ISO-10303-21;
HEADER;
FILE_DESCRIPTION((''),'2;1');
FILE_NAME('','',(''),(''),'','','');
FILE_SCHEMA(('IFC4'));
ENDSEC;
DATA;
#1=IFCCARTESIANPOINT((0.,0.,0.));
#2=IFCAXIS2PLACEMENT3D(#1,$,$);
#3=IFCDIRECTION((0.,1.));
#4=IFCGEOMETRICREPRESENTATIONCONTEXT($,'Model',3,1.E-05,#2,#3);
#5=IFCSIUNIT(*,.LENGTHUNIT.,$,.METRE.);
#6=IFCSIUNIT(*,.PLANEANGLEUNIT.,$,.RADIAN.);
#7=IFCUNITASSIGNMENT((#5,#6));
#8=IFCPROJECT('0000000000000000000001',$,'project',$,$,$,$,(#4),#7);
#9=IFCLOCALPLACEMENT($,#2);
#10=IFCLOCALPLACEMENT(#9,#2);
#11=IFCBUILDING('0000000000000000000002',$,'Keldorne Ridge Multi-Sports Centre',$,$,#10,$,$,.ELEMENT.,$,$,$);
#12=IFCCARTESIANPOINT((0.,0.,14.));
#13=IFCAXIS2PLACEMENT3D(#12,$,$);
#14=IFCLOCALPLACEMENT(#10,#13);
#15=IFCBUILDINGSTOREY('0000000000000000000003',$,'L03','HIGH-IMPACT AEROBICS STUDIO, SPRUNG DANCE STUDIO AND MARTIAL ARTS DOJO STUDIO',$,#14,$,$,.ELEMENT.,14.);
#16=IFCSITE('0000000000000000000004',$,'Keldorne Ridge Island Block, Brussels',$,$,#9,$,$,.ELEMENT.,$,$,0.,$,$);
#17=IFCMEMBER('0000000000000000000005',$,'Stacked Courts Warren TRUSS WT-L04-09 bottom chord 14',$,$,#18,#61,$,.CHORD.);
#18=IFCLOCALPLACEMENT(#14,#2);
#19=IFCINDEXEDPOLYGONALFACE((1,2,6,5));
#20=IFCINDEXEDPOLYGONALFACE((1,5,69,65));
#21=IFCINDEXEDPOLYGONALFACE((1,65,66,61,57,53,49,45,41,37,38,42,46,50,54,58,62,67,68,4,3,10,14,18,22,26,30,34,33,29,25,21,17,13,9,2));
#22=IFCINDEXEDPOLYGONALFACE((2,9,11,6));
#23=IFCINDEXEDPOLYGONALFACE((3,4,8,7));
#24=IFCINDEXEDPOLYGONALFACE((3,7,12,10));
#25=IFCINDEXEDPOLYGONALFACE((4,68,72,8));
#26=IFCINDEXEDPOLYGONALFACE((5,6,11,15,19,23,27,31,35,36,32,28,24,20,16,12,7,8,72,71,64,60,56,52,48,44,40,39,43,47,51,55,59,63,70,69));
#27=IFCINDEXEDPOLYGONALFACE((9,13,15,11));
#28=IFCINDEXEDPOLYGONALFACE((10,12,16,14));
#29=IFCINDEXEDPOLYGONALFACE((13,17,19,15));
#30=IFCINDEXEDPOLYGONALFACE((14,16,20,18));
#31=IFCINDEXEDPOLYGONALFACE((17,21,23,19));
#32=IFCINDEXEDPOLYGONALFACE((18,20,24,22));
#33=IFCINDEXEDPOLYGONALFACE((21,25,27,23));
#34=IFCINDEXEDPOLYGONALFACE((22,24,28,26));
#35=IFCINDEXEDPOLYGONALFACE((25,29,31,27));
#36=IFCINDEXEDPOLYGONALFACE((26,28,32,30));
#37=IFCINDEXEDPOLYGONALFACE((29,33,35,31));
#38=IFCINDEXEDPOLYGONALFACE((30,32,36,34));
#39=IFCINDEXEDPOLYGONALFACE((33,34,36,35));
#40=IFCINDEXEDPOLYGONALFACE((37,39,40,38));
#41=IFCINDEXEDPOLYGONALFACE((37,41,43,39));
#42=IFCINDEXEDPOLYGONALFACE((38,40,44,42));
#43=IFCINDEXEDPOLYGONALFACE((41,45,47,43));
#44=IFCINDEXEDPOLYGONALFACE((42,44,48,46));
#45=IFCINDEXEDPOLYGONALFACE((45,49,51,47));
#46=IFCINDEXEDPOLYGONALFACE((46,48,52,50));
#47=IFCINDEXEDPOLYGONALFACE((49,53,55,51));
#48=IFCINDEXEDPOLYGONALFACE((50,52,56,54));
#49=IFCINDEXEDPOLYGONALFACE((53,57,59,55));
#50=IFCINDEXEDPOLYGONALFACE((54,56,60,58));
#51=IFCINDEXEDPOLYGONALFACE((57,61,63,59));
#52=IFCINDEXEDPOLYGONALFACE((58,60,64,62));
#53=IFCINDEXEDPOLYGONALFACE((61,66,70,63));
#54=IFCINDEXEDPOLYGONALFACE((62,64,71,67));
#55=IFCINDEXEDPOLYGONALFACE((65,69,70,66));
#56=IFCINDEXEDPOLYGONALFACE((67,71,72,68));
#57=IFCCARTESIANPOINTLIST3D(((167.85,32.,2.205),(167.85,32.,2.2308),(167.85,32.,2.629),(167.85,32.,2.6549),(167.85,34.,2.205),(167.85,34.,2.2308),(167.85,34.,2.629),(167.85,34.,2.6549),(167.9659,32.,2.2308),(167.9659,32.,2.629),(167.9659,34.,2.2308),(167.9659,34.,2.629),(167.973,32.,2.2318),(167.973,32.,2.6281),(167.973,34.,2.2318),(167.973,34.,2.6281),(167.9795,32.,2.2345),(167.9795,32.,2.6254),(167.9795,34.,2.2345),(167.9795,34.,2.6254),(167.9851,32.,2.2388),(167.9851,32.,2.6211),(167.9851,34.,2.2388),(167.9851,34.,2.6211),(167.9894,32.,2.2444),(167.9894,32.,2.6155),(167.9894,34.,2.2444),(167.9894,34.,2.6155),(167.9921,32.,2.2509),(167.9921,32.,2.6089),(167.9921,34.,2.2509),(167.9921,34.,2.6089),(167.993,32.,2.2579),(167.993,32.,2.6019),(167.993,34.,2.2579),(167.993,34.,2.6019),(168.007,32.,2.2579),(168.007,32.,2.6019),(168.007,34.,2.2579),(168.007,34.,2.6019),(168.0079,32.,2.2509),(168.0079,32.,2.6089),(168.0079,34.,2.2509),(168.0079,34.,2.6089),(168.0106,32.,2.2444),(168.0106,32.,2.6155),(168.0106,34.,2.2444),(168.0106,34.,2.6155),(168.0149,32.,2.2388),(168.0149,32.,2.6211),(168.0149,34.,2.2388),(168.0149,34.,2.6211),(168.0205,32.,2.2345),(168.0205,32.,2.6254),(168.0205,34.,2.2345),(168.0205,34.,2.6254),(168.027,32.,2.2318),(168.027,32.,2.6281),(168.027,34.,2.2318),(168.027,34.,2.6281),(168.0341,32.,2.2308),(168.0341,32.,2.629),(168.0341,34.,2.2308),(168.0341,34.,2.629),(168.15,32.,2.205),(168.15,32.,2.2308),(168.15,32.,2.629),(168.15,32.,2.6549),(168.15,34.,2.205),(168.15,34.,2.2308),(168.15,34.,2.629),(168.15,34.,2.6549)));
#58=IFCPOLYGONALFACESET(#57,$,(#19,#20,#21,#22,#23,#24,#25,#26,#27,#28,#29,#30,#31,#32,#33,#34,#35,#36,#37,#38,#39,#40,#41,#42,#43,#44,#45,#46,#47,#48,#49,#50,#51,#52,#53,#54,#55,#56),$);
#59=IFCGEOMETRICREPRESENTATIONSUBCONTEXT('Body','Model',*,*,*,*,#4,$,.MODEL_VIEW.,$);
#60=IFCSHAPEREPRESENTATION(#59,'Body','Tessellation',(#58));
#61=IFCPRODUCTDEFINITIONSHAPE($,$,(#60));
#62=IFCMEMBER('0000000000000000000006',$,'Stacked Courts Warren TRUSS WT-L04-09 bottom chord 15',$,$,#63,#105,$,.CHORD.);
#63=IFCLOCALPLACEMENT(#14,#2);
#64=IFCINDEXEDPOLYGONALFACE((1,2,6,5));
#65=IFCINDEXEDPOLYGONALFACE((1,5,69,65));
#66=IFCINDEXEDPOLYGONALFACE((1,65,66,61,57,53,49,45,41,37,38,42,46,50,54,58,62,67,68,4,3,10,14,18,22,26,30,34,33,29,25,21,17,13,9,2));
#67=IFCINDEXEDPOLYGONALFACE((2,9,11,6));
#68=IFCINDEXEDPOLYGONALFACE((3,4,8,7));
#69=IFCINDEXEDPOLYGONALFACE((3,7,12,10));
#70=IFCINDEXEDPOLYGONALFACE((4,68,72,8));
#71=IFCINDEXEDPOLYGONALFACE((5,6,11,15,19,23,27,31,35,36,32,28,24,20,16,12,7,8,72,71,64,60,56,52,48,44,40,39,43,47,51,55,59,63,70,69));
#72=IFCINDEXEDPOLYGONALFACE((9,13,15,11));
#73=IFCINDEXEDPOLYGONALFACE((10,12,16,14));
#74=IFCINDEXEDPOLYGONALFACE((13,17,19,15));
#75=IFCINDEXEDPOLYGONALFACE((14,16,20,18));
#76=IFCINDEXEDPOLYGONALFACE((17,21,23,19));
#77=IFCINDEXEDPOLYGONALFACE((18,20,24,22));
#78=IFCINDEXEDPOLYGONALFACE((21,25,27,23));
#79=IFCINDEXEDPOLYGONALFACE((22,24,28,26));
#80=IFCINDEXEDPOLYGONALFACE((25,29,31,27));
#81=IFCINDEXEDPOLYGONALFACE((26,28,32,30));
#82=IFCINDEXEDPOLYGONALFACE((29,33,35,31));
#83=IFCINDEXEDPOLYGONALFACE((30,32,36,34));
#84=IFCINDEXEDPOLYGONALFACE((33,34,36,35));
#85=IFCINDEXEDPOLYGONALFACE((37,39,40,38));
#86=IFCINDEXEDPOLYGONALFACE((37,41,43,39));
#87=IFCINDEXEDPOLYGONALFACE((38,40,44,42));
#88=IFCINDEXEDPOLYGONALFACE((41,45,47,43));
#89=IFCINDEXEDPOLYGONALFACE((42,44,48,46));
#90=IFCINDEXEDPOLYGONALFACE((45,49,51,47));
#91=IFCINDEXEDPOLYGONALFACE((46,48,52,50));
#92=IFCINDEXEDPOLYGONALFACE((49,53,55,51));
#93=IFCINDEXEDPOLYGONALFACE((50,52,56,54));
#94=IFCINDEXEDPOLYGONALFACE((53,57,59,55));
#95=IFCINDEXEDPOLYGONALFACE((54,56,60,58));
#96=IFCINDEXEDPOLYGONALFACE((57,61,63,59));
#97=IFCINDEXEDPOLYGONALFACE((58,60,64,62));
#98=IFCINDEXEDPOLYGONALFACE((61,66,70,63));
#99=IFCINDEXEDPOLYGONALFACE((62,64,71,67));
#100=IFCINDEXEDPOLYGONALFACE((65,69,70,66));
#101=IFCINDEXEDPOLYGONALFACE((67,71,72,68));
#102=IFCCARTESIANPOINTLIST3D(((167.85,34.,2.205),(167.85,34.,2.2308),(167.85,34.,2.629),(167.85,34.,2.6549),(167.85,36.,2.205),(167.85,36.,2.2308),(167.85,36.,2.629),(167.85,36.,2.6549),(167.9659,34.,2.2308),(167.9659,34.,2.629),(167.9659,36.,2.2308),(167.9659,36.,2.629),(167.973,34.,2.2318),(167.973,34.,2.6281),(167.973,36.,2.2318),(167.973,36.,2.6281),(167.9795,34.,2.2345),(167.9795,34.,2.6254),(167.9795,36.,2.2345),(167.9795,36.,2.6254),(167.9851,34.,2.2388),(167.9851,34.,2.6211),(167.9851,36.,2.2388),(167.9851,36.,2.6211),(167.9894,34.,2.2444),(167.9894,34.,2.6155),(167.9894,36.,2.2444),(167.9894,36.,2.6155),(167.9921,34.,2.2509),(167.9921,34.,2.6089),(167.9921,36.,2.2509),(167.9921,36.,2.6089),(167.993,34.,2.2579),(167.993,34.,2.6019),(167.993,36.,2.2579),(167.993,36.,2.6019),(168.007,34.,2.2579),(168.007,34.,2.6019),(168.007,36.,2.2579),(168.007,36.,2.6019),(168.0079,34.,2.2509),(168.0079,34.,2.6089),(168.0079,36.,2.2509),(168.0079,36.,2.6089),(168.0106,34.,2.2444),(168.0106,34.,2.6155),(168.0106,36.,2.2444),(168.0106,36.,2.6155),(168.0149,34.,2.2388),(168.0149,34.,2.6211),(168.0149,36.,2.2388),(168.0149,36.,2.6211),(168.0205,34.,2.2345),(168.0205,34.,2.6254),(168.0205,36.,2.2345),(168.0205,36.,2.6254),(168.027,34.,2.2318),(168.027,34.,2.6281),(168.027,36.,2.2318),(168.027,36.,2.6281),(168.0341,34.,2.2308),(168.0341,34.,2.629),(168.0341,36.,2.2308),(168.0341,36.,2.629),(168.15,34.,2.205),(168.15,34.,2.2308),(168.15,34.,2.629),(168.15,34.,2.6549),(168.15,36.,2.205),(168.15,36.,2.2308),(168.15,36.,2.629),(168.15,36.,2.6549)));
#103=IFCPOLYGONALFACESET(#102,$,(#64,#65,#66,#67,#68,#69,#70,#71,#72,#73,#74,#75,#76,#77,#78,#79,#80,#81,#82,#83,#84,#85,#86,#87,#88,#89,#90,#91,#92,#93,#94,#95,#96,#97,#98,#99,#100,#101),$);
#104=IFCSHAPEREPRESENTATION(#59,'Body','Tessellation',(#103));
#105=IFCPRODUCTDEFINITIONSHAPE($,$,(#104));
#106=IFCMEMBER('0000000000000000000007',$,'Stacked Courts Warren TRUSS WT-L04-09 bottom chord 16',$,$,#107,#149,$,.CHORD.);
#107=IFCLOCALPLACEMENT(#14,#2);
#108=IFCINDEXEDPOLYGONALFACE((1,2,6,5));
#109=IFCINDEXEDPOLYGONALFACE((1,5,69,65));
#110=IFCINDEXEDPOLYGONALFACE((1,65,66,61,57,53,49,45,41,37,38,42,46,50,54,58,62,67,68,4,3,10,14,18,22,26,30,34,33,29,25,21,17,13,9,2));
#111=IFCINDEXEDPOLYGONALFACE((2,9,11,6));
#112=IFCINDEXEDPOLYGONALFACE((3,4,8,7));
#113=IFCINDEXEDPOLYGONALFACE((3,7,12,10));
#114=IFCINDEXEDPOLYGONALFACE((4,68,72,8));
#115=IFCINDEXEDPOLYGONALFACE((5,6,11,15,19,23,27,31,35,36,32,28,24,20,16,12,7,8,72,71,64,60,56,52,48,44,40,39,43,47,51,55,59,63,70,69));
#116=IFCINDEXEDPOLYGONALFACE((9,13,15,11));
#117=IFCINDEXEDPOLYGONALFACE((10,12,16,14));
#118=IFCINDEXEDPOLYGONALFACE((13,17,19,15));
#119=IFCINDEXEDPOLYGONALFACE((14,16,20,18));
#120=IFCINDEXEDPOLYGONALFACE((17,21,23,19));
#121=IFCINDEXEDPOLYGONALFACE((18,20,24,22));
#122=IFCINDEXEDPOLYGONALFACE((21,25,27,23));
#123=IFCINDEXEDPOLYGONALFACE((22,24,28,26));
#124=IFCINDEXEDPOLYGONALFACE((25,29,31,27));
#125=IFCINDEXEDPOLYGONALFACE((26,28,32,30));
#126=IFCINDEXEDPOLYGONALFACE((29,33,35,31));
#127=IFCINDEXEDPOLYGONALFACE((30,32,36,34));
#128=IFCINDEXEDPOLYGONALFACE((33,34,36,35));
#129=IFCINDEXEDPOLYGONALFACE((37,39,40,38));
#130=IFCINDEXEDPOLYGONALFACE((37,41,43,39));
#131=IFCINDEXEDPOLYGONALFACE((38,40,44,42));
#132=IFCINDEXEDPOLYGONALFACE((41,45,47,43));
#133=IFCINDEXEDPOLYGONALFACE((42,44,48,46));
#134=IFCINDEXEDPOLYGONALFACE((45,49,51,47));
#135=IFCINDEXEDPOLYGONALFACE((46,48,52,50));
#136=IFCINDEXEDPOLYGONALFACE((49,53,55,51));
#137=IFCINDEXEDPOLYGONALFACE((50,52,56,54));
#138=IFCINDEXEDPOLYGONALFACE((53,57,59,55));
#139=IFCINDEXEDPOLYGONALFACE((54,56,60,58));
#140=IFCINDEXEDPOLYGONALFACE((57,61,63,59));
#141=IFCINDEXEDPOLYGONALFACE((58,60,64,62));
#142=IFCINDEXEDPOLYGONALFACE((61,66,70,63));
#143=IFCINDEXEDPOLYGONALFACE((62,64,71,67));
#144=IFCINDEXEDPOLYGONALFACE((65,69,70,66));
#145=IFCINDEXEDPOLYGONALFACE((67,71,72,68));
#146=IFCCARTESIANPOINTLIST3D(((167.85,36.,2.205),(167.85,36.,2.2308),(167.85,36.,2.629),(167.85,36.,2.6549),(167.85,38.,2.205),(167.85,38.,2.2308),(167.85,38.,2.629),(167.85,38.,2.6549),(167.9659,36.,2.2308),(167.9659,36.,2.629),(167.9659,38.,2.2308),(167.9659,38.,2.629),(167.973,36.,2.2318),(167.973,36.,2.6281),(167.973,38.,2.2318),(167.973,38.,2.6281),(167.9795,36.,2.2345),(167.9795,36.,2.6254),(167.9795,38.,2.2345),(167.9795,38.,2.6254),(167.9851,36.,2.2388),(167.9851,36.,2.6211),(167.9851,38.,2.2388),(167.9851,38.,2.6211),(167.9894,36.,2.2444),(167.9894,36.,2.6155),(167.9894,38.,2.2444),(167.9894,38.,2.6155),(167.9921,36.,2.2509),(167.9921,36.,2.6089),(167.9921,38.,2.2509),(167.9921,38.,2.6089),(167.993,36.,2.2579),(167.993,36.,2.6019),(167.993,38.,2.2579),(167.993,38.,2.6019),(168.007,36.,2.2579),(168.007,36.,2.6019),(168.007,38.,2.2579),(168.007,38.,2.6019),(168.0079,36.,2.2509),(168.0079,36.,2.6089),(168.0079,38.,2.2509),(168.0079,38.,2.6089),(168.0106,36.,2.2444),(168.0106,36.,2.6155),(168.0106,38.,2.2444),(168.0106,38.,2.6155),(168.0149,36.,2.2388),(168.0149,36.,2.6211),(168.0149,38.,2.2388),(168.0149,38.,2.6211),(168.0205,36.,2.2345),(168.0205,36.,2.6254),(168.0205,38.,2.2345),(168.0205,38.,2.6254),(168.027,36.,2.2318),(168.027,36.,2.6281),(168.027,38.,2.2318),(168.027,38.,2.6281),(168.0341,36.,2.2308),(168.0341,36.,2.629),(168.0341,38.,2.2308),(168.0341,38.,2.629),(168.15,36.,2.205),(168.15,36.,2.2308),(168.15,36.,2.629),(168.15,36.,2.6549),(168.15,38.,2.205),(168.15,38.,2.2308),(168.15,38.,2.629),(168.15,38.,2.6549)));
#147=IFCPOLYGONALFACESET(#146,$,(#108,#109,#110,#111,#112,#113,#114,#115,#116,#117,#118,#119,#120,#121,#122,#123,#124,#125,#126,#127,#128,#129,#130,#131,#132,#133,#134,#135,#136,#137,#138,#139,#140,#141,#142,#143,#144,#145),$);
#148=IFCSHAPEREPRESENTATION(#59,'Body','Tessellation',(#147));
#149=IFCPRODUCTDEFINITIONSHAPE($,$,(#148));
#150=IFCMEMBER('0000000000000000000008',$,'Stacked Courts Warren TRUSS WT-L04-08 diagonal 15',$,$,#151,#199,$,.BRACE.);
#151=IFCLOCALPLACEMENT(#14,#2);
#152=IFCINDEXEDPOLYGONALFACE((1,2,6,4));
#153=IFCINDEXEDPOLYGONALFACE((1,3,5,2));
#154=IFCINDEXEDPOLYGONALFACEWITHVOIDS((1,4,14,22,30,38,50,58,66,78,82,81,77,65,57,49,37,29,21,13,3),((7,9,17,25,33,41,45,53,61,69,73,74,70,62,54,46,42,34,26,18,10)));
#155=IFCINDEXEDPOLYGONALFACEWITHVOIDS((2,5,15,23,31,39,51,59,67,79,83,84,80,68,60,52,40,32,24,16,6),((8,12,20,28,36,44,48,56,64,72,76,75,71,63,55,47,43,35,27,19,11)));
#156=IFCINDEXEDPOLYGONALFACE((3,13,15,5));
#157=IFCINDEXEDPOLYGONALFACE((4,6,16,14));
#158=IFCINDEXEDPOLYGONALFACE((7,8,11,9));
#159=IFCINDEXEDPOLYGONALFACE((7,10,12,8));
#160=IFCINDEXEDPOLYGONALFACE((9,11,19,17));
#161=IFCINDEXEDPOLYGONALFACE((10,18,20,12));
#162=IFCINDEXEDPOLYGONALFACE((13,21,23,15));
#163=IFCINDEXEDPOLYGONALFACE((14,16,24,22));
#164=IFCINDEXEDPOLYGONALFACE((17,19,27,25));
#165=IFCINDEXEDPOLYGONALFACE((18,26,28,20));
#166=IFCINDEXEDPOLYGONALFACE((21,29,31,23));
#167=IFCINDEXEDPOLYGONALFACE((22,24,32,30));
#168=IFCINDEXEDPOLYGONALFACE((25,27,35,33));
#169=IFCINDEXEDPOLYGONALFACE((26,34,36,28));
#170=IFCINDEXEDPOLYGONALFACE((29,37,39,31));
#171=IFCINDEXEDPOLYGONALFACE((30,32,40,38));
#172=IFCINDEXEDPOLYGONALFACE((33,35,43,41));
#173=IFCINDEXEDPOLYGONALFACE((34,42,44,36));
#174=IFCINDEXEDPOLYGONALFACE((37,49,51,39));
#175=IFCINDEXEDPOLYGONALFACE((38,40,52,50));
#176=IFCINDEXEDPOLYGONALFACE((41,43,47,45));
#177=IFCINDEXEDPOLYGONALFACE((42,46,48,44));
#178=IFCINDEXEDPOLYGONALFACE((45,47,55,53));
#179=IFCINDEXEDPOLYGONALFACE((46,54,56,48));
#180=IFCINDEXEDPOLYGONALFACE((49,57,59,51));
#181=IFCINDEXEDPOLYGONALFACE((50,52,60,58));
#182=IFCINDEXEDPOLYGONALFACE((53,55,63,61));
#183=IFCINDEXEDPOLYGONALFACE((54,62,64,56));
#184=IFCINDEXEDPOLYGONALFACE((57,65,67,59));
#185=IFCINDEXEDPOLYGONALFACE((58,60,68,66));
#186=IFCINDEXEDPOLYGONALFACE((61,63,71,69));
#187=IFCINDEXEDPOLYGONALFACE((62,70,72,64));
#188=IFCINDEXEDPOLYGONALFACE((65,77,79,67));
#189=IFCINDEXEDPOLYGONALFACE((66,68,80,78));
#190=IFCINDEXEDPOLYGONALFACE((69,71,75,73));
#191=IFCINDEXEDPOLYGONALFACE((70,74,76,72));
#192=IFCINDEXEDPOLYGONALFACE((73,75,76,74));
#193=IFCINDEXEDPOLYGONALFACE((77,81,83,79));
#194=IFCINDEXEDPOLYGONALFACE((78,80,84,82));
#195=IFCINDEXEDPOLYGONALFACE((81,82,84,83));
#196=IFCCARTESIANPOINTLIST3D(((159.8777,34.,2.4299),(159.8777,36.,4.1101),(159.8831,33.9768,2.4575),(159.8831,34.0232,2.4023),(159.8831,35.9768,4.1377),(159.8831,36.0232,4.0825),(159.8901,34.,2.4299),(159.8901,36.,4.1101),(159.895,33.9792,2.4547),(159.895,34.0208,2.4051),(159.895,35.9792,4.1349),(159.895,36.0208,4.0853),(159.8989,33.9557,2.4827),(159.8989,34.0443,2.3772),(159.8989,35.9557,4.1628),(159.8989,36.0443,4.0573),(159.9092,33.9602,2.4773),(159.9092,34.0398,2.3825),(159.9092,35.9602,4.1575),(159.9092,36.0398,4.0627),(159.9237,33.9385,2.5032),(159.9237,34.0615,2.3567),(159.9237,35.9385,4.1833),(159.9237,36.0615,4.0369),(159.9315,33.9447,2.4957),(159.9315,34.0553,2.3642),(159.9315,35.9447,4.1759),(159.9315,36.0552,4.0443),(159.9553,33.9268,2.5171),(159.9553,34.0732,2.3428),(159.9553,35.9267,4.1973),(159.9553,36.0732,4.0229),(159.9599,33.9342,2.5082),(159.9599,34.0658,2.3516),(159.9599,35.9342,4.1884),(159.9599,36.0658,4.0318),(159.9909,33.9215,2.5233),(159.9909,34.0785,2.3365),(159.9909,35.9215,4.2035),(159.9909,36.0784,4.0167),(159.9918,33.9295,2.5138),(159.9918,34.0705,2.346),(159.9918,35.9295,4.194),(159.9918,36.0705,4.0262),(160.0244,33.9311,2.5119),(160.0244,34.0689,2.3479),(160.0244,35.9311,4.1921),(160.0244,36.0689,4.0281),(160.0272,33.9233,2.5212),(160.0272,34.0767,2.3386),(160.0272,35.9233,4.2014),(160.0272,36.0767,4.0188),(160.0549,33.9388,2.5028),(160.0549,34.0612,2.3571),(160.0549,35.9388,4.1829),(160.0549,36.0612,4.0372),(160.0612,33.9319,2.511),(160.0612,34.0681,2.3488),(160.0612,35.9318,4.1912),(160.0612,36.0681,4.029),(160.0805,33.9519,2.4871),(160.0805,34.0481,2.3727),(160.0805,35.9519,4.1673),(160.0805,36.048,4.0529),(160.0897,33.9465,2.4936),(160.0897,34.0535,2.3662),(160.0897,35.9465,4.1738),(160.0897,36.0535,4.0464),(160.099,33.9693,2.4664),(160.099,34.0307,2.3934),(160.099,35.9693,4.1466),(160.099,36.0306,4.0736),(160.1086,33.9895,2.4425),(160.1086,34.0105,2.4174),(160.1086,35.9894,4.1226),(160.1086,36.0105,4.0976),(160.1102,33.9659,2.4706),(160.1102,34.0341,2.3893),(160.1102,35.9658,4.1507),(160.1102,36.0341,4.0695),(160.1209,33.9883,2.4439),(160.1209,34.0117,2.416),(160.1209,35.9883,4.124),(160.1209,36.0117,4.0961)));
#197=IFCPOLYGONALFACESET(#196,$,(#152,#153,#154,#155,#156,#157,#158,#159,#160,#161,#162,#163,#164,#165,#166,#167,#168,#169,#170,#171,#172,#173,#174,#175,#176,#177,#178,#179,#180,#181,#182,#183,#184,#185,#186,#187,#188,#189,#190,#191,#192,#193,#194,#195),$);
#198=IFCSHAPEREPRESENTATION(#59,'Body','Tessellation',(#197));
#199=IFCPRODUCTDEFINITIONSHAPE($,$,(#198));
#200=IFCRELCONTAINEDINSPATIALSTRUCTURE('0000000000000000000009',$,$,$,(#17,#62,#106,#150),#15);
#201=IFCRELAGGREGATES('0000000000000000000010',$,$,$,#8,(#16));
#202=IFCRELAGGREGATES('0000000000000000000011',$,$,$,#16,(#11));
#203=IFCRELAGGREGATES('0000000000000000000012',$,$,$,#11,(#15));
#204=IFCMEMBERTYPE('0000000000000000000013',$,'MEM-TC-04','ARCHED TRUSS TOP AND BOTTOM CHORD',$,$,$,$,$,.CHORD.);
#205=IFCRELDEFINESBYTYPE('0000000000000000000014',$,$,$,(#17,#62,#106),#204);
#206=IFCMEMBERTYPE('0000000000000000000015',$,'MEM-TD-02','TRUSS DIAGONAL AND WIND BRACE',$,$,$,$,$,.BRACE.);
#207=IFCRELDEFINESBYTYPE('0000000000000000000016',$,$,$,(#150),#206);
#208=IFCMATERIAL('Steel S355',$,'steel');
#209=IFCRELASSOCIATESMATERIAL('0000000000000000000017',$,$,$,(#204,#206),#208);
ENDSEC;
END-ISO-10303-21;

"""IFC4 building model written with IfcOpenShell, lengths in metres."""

from ifc_helpers import new_model, si_unit, direction, frame, origin, origin_2d, place, context, subcontext, project, spatial, hollow_circle, i_section, extrude, material, material_profile, profile_set, type_object, element, save


model = new_model("IFC4")

# Units and contexts
model_context = context("Model", 3, precision=1e-05, world=origin(), true_north=direction((0.0, 1.0)))
body_context = subcontext(model_context, "Body", "Model", "MODEL_VIEW")
ifc_project = project(units=[si_unit("LENGTHUNIT", "METRE"), si_unit("PLANEANGLEUNIT", "RADIAN")], contexts=[model_context])

# Site, building, storey
site_placement = place(None, origin())
site = spatial("IfcSite", under=ifc_project, at=site_placement, Name="Keldorne Ridge Island Block, Brussels", CompositionType="ELEMENT", RefElevation=0.0)
building_placement = place(site_placement, origin())
building = spatial("IfcBuilding", under=site, at=building_placement, Name="Keldorne Ridge Multi-Sports Centre", CompositionType="ELEMENT")
storey_placement = place(building_placement, frame((0.0, 0.0, 14.0)))
storey = spatial("IfcBuildingStorey", under=building, at=storey_placement, Name="L03", Description="HIGH-IMPACT AEROBICS STUDIO, SPRUNG DANCE STUDIO AND MARTIAL ARTS DOJO STUDIO", CompositionType="ELEMENT", Elevation=14.0)

# Shared definitions
ifc_material_1 = material(Name="Steel S355", Category="steel")

# Members
ifc_material_profile_1 = material_profile(ifc_material_1, i_section(OverallWidth=0.3, OverallDepth=0.45, WebThickness=0.0139, FlangeThickness=0.0259, FilletRadius=0.0271, at=origin_2d()), Name="HEB 450")
ifc_profile_set_1 = profile_set([ifc_material_profile_1], Name="Steel S355")
member_type_1 = type_object("IfcMemberType", Name="MEM-TC-04", Description="ARCHED TRUSS TOP AND BOTTOM CHORD", PredefinedType="CHORD", material=ifc_profile_set_1)
for number, where, z_axis, x_axis, name in (
    (1, (168.0, 32.0, 2.4299), (0.0, 1.0, 0.0), (-1.0, 0.0, 0.0), "Stacked Courts Warren TRUSS WT-L04-09 bottom chord 14"),
    (2, (168.0, 34.0, 2.4299), (0.0, 1.0, 0.0), (-1.0, 0.0, 0.0), "Stacked Courts Warren TRUSS WT-L04-09 bottom chord 15"),
    (3, (168.0, 36.0, 2.4299), (0.0, 1.0, 0.0), (-1.0, 0.0, 0.0), "Stacked Courts Warren TRUSS WT-L04-09 bottom chord 16"),
):
    element("IfcMember", number, at=place(storey_placement, frame(where, z_axis=z_axis, x_axis=x_axis)), inside=storey, type_object=member_type_1, Name=name, PredefinedType="CHORD", context=body_context, shape_type="SweptSolid", body=[
        extrude(i_section(OverallWidth=0.3, OverallDepth=0.45, WebThickness=0.0139, FlangeThickness=0.0259, FilletRadius=0.0271, at=origin_2d()), origin(), (0.0, 0.0, 1.0), 2.0),
    ])
ifc_material_profile_2 = material_profile(ifc_material_1, hollow_circle(Radius=0.1223, WallThickness=0.0125, at=origin_2d()), Name="CHS 244.5x12.5")
ifc_profile_set_2 = profile_set([ifc_material_profile_2], Name="Steel S355")
member_type_2 = type_object("IfcMemberType", Name="MEM-TD-02", Description="TRUSS DIAGONAL AND WIND BRACE", PredefinedType="BRACE", material=ifc_profile_set_2)
for number, where, z_axis, x_axis, name in (
    (4, (160.0, 34.0, 2.4299), (0.0, 0.765672, 0.643232), (-1.0, 0.0, 0.0), "Stacked Courts Warren TRUSS WT-L04-08 diagonal 15"),
):
    element("IfcMember", number, at=place(storey_placement, frame(where, z_axis=z_axis, x_axis=x_axis)), inside=storey, type_object=member_type_2, Name=name, PredefinedType="BRACE", context=body_context, shape_type="SweptSolid", body=[
        extrude(hollow_circle(Radius=0.1223, WallThickness=0.0125, at=origin_2d()), origin(), (0.0, 0.0, 1.0), 2.6121),
    ])

save(model, "model.ifc")
